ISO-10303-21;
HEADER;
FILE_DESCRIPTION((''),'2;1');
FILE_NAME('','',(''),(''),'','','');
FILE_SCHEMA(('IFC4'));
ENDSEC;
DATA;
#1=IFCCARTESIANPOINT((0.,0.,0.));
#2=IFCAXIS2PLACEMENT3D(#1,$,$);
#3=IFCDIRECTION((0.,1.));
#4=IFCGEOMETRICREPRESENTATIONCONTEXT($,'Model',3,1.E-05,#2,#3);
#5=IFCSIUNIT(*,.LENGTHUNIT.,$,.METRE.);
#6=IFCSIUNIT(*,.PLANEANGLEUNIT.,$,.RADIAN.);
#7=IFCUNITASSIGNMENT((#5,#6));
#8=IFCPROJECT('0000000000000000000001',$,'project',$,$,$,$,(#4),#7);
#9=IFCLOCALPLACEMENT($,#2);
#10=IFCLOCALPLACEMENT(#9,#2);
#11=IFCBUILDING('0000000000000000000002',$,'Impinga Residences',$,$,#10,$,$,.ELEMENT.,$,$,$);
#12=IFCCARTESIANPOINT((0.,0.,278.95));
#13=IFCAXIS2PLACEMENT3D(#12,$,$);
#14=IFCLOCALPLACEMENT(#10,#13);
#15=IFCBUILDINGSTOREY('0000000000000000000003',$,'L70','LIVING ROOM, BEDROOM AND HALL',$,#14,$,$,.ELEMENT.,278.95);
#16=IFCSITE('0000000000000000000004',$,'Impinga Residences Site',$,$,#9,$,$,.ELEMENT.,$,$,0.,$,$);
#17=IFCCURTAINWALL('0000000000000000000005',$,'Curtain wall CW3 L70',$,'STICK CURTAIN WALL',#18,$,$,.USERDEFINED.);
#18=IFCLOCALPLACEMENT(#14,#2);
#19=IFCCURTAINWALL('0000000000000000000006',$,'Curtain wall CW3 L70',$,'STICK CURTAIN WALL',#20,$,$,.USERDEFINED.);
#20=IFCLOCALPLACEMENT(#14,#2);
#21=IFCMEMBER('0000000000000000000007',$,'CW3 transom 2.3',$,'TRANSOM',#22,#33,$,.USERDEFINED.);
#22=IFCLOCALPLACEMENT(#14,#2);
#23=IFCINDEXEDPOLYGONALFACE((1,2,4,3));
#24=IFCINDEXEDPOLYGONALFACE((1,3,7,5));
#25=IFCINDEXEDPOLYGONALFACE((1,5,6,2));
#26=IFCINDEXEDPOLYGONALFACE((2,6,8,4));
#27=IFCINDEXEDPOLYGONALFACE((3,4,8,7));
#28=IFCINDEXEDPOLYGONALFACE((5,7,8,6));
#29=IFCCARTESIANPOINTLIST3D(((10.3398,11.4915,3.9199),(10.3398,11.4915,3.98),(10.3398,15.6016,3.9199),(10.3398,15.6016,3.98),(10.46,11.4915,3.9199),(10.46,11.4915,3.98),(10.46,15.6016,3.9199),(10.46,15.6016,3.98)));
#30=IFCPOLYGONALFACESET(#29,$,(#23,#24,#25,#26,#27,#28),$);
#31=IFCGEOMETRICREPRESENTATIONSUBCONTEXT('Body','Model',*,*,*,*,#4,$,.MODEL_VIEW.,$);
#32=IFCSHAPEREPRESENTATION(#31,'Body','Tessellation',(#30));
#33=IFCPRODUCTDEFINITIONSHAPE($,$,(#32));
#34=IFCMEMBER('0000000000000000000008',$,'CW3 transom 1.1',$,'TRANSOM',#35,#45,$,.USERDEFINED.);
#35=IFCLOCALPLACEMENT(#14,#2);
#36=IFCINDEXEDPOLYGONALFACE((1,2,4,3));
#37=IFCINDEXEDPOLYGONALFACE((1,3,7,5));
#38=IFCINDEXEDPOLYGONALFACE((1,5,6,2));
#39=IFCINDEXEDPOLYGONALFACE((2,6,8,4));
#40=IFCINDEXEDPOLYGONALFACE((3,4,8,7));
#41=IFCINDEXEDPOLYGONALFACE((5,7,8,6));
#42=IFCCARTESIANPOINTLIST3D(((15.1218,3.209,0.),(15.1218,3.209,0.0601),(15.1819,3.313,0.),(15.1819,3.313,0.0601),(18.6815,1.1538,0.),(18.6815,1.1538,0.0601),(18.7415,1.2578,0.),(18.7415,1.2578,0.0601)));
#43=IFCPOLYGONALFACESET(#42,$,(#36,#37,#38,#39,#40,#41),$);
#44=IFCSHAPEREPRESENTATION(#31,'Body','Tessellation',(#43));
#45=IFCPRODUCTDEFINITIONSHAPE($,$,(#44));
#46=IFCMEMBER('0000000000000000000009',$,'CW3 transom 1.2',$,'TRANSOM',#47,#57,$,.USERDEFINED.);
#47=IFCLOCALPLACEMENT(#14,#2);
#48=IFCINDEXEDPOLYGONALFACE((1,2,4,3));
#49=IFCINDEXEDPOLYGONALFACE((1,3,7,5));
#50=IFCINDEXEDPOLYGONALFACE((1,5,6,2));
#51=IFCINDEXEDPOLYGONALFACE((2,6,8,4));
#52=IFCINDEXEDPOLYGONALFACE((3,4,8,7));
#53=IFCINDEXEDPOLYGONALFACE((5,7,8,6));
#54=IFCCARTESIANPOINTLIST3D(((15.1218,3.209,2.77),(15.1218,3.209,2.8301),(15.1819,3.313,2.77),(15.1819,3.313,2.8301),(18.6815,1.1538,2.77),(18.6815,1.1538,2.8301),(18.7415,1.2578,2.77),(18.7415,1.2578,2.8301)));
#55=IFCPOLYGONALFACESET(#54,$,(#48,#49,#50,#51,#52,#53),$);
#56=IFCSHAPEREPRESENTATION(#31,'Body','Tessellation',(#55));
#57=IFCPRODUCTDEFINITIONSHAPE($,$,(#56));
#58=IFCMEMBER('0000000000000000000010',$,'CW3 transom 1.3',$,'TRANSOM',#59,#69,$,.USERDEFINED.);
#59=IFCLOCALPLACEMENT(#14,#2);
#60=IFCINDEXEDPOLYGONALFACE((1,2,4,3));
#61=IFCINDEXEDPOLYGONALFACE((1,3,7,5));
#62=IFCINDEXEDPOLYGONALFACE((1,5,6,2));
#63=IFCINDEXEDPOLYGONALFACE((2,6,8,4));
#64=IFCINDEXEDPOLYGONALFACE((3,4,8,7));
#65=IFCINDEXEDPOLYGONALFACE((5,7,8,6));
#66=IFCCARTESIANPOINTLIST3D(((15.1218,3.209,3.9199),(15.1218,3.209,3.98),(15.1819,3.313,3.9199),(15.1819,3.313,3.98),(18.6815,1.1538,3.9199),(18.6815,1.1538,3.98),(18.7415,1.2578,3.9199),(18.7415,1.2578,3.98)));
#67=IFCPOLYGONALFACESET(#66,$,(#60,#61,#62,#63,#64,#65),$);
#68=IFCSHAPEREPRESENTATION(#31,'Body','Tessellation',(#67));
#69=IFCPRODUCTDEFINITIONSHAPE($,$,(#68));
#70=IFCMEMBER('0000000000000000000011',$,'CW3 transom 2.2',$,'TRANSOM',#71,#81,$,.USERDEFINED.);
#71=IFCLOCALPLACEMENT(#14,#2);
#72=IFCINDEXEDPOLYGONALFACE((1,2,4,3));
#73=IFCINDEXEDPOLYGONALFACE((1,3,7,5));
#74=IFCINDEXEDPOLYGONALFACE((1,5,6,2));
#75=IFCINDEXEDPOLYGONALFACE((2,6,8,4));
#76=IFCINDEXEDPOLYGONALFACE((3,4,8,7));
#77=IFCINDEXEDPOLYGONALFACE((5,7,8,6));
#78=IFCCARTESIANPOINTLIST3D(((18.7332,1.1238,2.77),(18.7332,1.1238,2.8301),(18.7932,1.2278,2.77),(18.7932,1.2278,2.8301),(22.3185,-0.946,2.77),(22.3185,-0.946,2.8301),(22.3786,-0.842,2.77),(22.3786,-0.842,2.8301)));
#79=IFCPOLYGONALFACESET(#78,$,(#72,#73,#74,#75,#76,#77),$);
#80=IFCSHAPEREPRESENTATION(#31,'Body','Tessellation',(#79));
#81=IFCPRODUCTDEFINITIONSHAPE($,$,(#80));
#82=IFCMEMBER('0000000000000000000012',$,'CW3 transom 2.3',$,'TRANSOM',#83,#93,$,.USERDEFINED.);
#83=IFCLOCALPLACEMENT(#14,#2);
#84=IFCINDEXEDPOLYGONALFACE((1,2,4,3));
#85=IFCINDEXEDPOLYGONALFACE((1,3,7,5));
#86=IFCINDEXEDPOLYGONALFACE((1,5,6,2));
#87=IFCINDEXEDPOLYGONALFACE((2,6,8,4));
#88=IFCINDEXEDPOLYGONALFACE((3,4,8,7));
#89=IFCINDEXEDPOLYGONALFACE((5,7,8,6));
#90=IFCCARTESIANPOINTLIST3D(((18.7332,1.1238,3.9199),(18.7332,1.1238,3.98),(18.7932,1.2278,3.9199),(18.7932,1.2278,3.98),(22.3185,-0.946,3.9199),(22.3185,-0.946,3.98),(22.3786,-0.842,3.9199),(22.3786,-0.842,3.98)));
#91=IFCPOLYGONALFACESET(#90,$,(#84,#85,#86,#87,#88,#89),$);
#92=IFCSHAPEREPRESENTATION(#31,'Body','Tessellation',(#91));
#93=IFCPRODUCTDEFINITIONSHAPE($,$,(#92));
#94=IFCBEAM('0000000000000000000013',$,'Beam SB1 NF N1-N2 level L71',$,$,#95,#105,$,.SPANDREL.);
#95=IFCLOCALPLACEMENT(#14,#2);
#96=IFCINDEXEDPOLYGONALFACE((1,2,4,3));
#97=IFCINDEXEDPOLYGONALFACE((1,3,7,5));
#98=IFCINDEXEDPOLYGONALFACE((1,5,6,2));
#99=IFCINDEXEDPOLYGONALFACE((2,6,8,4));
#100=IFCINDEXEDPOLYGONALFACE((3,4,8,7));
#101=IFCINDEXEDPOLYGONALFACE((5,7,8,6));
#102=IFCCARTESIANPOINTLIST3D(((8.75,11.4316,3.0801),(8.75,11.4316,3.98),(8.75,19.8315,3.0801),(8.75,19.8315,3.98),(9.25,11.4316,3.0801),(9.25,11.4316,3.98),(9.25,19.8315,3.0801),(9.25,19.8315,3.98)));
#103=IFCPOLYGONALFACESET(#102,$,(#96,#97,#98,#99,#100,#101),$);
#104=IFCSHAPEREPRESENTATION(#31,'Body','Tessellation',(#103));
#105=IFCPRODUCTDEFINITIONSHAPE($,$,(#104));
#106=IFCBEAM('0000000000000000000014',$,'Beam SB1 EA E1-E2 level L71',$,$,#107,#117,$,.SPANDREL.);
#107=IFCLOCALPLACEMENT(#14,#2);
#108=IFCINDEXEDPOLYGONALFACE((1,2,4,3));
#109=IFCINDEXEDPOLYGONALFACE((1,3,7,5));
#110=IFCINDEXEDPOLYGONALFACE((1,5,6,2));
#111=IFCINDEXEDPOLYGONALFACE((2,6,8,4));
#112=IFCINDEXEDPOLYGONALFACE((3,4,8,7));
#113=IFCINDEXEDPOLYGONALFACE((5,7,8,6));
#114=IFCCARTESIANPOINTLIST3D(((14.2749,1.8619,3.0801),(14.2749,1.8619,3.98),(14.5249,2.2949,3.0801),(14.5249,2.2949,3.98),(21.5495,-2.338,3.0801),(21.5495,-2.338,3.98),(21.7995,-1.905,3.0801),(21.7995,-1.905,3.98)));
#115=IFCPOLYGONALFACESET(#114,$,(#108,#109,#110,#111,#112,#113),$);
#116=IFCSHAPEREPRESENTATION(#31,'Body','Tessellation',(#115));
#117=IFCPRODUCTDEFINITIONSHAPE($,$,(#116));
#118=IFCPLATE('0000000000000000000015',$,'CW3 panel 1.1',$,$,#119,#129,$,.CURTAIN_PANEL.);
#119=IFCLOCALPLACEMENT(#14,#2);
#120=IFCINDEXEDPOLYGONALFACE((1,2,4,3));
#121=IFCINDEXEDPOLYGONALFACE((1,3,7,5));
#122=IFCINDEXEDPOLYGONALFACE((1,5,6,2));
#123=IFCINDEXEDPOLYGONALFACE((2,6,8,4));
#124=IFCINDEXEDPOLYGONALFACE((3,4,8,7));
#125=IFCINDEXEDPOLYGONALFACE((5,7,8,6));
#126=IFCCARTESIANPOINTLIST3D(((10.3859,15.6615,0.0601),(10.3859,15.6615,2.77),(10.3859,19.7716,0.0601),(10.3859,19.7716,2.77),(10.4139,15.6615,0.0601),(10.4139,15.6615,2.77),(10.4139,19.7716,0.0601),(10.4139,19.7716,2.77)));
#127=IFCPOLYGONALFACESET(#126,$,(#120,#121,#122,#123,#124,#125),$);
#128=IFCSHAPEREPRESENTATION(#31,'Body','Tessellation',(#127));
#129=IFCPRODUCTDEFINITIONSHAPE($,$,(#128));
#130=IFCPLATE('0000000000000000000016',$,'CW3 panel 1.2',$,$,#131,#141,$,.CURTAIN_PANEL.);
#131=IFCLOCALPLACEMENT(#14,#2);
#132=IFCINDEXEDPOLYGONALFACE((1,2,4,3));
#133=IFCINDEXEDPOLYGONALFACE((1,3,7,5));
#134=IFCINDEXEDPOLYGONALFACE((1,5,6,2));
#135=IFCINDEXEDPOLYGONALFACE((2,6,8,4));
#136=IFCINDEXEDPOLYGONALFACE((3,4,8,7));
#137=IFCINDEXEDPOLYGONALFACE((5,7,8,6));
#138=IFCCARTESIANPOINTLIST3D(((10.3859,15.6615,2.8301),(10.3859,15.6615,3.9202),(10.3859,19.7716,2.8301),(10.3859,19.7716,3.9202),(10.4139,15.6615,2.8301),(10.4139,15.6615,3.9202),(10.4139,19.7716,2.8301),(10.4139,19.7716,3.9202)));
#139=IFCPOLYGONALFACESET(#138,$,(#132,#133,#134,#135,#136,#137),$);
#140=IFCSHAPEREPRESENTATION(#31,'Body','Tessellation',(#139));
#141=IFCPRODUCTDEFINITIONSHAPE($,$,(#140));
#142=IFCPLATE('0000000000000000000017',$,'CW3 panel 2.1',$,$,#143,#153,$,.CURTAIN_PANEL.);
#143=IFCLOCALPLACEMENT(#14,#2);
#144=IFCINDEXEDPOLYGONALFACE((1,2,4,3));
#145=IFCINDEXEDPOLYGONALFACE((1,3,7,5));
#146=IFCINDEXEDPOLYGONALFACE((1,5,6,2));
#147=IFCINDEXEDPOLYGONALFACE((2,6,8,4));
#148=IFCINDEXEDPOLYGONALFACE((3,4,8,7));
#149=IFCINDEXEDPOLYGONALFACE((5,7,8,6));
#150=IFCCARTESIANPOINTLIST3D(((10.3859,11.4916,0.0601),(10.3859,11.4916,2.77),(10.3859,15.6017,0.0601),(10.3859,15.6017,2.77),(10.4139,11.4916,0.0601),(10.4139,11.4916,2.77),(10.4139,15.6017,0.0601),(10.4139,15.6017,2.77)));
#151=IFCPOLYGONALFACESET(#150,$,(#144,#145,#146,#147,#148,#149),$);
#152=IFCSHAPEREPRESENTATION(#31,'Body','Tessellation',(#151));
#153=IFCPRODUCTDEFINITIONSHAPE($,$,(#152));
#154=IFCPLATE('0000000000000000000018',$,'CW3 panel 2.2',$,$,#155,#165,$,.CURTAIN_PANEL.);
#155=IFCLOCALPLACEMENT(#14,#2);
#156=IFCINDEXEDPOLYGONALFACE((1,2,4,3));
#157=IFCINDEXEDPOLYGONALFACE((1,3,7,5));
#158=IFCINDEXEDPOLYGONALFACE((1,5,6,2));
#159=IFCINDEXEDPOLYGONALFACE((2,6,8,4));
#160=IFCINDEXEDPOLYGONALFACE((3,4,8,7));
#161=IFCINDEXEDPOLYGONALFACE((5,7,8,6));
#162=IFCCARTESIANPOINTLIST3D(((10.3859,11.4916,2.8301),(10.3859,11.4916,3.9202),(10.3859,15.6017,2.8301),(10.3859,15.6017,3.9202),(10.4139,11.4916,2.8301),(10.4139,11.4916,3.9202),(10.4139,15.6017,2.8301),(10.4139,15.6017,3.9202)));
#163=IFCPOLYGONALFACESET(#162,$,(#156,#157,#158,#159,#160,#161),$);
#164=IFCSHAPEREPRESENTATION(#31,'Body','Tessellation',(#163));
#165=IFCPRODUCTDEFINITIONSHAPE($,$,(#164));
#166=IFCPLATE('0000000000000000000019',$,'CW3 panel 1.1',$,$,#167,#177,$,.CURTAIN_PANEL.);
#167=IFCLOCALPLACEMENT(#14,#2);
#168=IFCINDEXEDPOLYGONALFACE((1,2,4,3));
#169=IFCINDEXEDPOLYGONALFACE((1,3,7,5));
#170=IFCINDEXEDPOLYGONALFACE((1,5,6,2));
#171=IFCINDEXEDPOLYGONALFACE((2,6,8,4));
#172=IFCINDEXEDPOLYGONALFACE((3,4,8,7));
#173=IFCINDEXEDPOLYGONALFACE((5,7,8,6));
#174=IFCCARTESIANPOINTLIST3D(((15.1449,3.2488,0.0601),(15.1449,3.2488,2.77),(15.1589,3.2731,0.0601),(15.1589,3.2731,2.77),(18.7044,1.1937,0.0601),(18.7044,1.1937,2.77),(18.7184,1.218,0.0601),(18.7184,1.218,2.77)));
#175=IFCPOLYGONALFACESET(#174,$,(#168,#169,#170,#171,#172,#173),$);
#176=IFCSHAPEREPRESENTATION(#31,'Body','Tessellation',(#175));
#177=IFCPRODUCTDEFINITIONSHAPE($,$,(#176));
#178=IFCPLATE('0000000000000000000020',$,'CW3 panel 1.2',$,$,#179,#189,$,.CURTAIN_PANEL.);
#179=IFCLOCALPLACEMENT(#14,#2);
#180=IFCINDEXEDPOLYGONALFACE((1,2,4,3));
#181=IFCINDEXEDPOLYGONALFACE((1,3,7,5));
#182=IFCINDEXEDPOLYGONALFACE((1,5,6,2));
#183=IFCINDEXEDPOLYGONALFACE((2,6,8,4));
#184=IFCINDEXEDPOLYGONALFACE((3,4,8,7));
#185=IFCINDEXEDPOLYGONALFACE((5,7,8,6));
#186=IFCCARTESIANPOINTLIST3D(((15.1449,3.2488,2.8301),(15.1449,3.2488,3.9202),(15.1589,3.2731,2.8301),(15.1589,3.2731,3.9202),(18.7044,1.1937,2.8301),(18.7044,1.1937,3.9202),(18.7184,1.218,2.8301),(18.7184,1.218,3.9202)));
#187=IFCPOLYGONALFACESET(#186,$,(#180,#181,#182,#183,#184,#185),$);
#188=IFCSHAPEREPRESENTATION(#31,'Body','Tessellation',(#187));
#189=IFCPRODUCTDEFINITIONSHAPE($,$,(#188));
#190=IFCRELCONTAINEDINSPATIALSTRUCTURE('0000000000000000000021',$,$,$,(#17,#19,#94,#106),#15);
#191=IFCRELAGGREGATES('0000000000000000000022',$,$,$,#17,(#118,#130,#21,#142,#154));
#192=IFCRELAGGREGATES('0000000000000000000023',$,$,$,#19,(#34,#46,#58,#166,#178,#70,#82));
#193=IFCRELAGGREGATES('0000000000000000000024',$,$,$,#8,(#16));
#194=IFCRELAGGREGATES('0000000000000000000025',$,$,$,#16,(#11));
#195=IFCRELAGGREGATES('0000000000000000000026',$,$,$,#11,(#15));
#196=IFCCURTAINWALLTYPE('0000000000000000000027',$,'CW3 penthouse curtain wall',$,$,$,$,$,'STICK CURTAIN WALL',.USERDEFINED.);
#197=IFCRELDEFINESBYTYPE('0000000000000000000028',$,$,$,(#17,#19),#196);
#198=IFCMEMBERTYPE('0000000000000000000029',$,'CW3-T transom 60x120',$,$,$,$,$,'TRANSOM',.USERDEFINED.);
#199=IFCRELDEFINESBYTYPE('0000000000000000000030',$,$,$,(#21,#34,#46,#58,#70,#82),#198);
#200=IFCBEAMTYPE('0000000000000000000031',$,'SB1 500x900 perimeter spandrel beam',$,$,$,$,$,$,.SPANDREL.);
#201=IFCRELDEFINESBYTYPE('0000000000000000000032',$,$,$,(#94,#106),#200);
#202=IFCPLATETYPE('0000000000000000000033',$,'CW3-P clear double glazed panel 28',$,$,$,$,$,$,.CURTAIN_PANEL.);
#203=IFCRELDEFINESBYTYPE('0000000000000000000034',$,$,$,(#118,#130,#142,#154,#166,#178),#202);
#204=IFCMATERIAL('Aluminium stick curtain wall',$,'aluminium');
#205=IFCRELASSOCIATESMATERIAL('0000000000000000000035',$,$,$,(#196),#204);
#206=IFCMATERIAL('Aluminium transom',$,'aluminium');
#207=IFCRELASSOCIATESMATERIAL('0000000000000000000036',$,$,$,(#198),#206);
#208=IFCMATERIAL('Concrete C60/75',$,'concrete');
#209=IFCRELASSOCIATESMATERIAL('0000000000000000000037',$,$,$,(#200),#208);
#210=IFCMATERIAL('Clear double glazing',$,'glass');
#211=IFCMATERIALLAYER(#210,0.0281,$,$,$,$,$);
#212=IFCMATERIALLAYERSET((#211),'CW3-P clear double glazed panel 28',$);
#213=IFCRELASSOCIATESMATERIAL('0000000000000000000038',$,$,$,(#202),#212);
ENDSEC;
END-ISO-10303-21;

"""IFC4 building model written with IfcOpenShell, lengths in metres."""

from ifc_helpers import new_model, si_unit, direction, frame, origin, origin_2d, place, context, subcontext, project, spatial, rectangle, extrude, material, layer, layer_set, material_profile, profile_set, type_object, element, aggregate, save


model = new_model("IFC4")

# Units and contexts
model_context = context("Model", 3, precision=1e-05, world=origin(), true_north=direction((0.0, 1.0)))
body_context = subcontext(model_context, "Body", "Model", "MODEL_VIEW")
ifc_project = project(units=[si_unit("LENGTHUNIT", "METRE"), si_unit("PLANEANGLEUNIT", "RADIAN")], contexts=[model_context])

# Site, building, storey
site_placement = place(None, origin())
site = spatial("IfcSite", under=ifc_project, at=site_placement, Name="Impinga Residences Site", CompositionType="ELEMENT", RefElevation=0.0)
building_placement = place(site_placement, origin())
building = spatial("IfcBuilding", under=site, at=building_placement, Name="Impinga Residences", CompositionType="ELEMENT")
storey_placement = place(building_placement, frame((0.0, 0.0, 278.95)))
storey = spatial("IfcBuildingStorey", under=building, at=storey_placement, Name="L70", Description="LIVING ROOM, BEDROOM AND HALL", CompositionType="ELEMENT", Elevation=278.95)

# Shared definitions
ifc_material_1 = material(Name="Concrete C60/75", Category="concrete")

# Curtain wall
ifc_material_2 = material(Name="Aluminium stick curtain wall", Category="aluminium")
curtain_wall_type = type_object("IfcCurtainWallType", Name="CW3 penthouse curtain wall", ElementType="STICK CURTAIN WALL", PredefinedType="USERDEFINED", material=ifc_material_2)
curtain_wall_1_placement = place(storey_placement, origin())
curtain_wall_1 = element("IfcCurtainWall", 1, at=curtain_wall_1_placement, inside=storey, type_object=curtain_wall_type, Name="Curtain wall CW3 L70", ObjectType="STICK CURTAIN WALL", PredefinedType="USERDEFINED")

# Curtain wall
curtain_wall_2_placement = place(storey_placement, origin())
curtain_wall_2 = element("IfcCurtainWall", 2, at=curtain_wall_2_placement, inside=storey, type_object=curtain_wall_type, Name="Curtain wall CW3 L70", ObjectType="STICK CURTAIN WALL", PredefinedType="USERDEFINED")

# Members
ifc_material_3 = material(Name="Aluminium transom", Category="aluminium")
ifc_material_profile_1 = material_profile(ifc_material_3, rectangle(XDim=0.0601, YDim=0.1201, at=origin_2d()), Name="60x120 transom")
ifc_profile_set_1 = profile_set([ifc_material_profile_1], Name="Aluminium transom")
member_type_1 = type_object("IfcMemberType", Name="CW3-T transom 60x120", ElementType="TRANSOM", PredefinedType="USERDEFINED", material=ifc_profile_set_1)
member_1_placement = place(storey_placement, frame((10.3999, 15.6016, 3.95), z_axis=(0.0, -1.0, 0.0), x_axis=(0.0, 0.0, 1.0)))
member_1 = element("IfcMember", 3, at=member_1_placement, type_object=member_type_1, Name="CW3 transom 2.3", ObjectType="TRANSOM", PredefinedType="USERDEFINED", context=body_context, shape_type="SweptSolid", body=[
    extrude(rectangle(XDim=0.0601, YDim=0.1201, at=origin_2d()), origin(), (0.0, 0.0, 1.0), 4.1101),
])
member_2_placement = place(storey_placement, frame((15.1519, 3.261, 0.03), z_axis=(0.866019, -0.50001, 0.0), x_axis=(0.0, 0.0, 1.0)))
member_2 = element("IfcMember", 4, at=member_2_placement, type_object=member_type_1, Name="CW3 transom 1.1", ObjectType="TRANSOM", PredefinedType="USERDEFINED", context=body_context, shape_type="SweptSolid", body=[
    extrude(rectangle(XDim=0.0601, YDim=0.1201, at=origin_2d()), origin(), (0.0, 0.0, 1.0), 4.1104),
])
member_3_placement = place(storey_placement, frame((15.1519, 3.261, 2.8), z_axis=(0.866019, -0.50001, 0.0), x_axis=(0.0, 0.0, 1.0)))
member_3 = element("IfcMember", 5, at=member_3_placement, type_object=member_type_1, Name="CW3 transom 1.2", ObjectType="TRANSOM", PredefinedType="USERDEFINED", context=body_context, shape_type="SweptSolid", body=[
    extrude(rectangle(XDim=0.0601, YDim=0.1201, at=origin_2d()), origin(), (0.0, 0.0, 1.0), 4.1104),
])
member_4_placement = place(storey_placement, frame((15.1519, 3.261, 3.95), z_axis=(0.866019, -0.50001, 0.0), x_axis=(0.0, 0.0, 1.0)))
member_4 = element("IfcMember", 6, at=member_4_placement, type_object=member_type_1, Name="CW3 transom 1.3", ObjectType="TRANSOM", PredefinedType="USERDEFINED", context=body_context, shape_type="SweptSolid", body=[
    extrude(rectangle(XDim=0.0601, YDim=0.1201, at=origin_2d()), origin(), (0.0, 0.0, 1.0), 4.1104),
])
member_5_placement = place(storey_placement, frame((18.7632, 1.1758, 2.8), z_axis=(0.86605, -0.499957, 0.0), x_axis=(0.0, 0.0, 1.0)))
member_5 = element("IfcMember", 7, at=member_5_placement, type_object=member_type_1, Name="CW3 transom 2.2", ObjectType="TRANSOM", PredefinedType="USERDEFINED", context=body_context, shape_type="SweptSolid", body=[
    extrude(rectangle(XDim=0.0601, YDim=0.1201, at=origin_2d()), origin(), (0.0, 0.0, 1.0), 4.1399),
])
member_6_placement = place(storey_placement, frame((18.7632, 1.1758, 3.95), z_axis=(0.86605, -0.499957, 0.0), x_axis=(0.0, 0.0, 1.0)))
member_6 = element("IfcMember", 8, at=member_6_placement, type_object=member_type_1, Name="CW3 transom 2.3", ObjectType="TRANSOM", PredefinedType="USERDEFINED", context=body_context, shape_type="SweptSolid", body=[
    extrude(rectangle(XDim=0.0601, YDim=0.1201, at=origin_2d()), origin(), (0.0, 0.0, 1.0), 4.1399),
])

# Beams
ifc_material_profile_2 = material_profile(ifc_material_1, rectangle(XDim=0.5, YDim=0.8999, at=origin_2d()), Name="RC 500x900")
ifc_profile_set_2 = profile_set([ifc_material_profile_2], Name="Concrete C60/75")
beam_type_1 = type_object("IfcBeamType", Name="SB1 500x900 perimeter spandrel beam", PredefinedType="SPANDREL", material=ifc_profile_set_2)
for number, where, z_axis, x_axis, name in (
    (9, (9.0, 11.4316, 3.53), (0.0, 1.0, 0.0), (-1.0, 0.0, 0.0), "Beam SB1 NF N1-N2 level L71"),
    (10, (14.3999, 2.0784, 3.53), (0.866029, -0.499993, 0.0), (0.499993, 0.866029, 0.0), "Beam SB1 EA E1-E2 level L71"),
):
    element("IfcBeam", number, at=place(storey_placement, frame(where, z_axis=z_axis, x_axis=x_axis)), inside=storey, type_object=beam_type_1, Name=name, PredefinedType="SPANDREL", context=body_context, shape_type="SweptSolid", body=[
        extrude(rectangle(XDim=0.5, YDim=0.8999, at=origin_2d()), origin(), (0.0, 0.0, 1.0), 8.3999),
    ])

# Plates
ifc_material_4 = material(Name="Clear double glazing", Category="glass")
ifc_layer_1 = layer(ifc_material_4, 0.0281)
ifc_layer_set_1 = layer_set([ifc_layer_1], Name="CW3-P clear double glazed panel 28")
plate_type = type_object("IfcPlateType", Name="CW3-P clear double glazed panel 28", PredefinedType="CURTAIN_PANEL", material=ifc_layer_set_1)
plate_1_placement = place(storey_placement, frame((10.3999, 17.7166, 0.0601), z_axis=(0.0, 0.0, 1.0), x_axis=(0.0, -1.0, 0.0)))
plate_1 = element("IfcPlate", 11, at=plate_1_placement, type_object=plate_type, Name="CW3 panel 1.1", PredefinedType="CURTAIN_PANEL", context=body_context, shape_type="SweptSolid", body=[
    extrude(rectangle(XDim=4.1101, YDim=0.0281, at=origin_2d()), origin(), (0.0, 0.0, 1.0), 2.71),
])
plate_2_placement = place(storey_placement, frame((10.3999, 17.7166, 2.8301), z_axis=(0.0, 0.0, 1.0), x_axis=(0.0, -1.0, 0.0)))
plate_2 = element("IfcPlate", 12, at=plate_2_placement, type_object=plate_type, Name="CW3 panel 1.2", PredefinedType="CURTAIN_PANEL", context=body_context, shape_type="SweptSolid", body=[
    extrude(rectangle(XDim=4.1101, YDim=0.0281, at=origin_2d()), origin(), (0.0, 0.0, 1.0), 1.0901),
])
plate_3_placement = place(storey_placement, frame((10.3999, 13.5466, 0.0601), z_axis=(0.0, 0.0, 1.0), x_axis=(0.0, -1.0, 0.0)))
plate_3 = element("IfcPlate", 13, at=plate_3_placement, type_object=plate_type, Name="CW3 panel 2.1", PredefinedType="CURTAIN_PANEL", context=body_context, shape_type="SweptSolid", body=[
    extrude(rectangle(XDim=4.1101, YDim=0.0281, at=origin_2d()), origin(), (0.0, 0.0, 1.0), 2.71),
])
plate_4_placement = place(storey_placement, frame((10.3999, 13.5466, 2.8301), z_axis=(0.0, 0.0, 1.0), x_axis=(0.0, -1.0, 0.0)))
plate_4 = element("IfcPlate", 14, at=plate_4_placement, type_object=plate_type, Name="CW3 panel 2.2", PredefinedType="CURTAIN_PANEL", context=body_context, shape_type="SweptSolid", body=[
    extrude(rectangle(XDim=4.1101, YDim=0.0281, at=origin_2d()), origin(), (0.0, 0.0, 1.0), 1.0901),
])
aggregate(curtain_wall_1, [plate_1, plate_2, member_1, plate_3, plate_4])
plate_5_placement = place(storey_placement, frame((16.9316, 2.2334, 0.0601), z_axis=(0.0, 0.0, 1.0), x_axis=(0.866025, -0.5, 0.0)))
plate_5 = element("IfcPlate", 15, at=plate_5_placement, type_object=plate_type, Name="CW3 panel 1.1", PredefinedType="CURTAIN_PANEL", context=body_context, shape_type="SweptSolid", body=[
    extrude(rectangle(XDim=4.1101, YDim=0.0281, at=origin_2d()), origin(), (0.0, 0.0, 1.0), 2.71),
])
plate_6_placement = place(storey_placement, frame((16.9316, 2.2334, 2.8301), z_axis=(0.0, 0.0, 1.0), x_axis=(0.866025, -0.5, 0.0)))
plate_6 = element("IfcPlate", 16, at=plate_6_placement, type_object=plate_type, Name="CW3 panel 1.2", PredefinedType="CURTAIN_PANEL", context=body_context, shape_type="SweptSolid", body=[
    extrude(rectangle(XDim=4.1101, YDim=0.0281, at=origin_2d()), origin(), (0.0, 0.0, 1.0), 1.0901),
])
aggregate(curtain_wall_2, [member_2, member_3, member_4, plate_5, plate_6, member_5, member_6])

save(model, "model.ifc")
